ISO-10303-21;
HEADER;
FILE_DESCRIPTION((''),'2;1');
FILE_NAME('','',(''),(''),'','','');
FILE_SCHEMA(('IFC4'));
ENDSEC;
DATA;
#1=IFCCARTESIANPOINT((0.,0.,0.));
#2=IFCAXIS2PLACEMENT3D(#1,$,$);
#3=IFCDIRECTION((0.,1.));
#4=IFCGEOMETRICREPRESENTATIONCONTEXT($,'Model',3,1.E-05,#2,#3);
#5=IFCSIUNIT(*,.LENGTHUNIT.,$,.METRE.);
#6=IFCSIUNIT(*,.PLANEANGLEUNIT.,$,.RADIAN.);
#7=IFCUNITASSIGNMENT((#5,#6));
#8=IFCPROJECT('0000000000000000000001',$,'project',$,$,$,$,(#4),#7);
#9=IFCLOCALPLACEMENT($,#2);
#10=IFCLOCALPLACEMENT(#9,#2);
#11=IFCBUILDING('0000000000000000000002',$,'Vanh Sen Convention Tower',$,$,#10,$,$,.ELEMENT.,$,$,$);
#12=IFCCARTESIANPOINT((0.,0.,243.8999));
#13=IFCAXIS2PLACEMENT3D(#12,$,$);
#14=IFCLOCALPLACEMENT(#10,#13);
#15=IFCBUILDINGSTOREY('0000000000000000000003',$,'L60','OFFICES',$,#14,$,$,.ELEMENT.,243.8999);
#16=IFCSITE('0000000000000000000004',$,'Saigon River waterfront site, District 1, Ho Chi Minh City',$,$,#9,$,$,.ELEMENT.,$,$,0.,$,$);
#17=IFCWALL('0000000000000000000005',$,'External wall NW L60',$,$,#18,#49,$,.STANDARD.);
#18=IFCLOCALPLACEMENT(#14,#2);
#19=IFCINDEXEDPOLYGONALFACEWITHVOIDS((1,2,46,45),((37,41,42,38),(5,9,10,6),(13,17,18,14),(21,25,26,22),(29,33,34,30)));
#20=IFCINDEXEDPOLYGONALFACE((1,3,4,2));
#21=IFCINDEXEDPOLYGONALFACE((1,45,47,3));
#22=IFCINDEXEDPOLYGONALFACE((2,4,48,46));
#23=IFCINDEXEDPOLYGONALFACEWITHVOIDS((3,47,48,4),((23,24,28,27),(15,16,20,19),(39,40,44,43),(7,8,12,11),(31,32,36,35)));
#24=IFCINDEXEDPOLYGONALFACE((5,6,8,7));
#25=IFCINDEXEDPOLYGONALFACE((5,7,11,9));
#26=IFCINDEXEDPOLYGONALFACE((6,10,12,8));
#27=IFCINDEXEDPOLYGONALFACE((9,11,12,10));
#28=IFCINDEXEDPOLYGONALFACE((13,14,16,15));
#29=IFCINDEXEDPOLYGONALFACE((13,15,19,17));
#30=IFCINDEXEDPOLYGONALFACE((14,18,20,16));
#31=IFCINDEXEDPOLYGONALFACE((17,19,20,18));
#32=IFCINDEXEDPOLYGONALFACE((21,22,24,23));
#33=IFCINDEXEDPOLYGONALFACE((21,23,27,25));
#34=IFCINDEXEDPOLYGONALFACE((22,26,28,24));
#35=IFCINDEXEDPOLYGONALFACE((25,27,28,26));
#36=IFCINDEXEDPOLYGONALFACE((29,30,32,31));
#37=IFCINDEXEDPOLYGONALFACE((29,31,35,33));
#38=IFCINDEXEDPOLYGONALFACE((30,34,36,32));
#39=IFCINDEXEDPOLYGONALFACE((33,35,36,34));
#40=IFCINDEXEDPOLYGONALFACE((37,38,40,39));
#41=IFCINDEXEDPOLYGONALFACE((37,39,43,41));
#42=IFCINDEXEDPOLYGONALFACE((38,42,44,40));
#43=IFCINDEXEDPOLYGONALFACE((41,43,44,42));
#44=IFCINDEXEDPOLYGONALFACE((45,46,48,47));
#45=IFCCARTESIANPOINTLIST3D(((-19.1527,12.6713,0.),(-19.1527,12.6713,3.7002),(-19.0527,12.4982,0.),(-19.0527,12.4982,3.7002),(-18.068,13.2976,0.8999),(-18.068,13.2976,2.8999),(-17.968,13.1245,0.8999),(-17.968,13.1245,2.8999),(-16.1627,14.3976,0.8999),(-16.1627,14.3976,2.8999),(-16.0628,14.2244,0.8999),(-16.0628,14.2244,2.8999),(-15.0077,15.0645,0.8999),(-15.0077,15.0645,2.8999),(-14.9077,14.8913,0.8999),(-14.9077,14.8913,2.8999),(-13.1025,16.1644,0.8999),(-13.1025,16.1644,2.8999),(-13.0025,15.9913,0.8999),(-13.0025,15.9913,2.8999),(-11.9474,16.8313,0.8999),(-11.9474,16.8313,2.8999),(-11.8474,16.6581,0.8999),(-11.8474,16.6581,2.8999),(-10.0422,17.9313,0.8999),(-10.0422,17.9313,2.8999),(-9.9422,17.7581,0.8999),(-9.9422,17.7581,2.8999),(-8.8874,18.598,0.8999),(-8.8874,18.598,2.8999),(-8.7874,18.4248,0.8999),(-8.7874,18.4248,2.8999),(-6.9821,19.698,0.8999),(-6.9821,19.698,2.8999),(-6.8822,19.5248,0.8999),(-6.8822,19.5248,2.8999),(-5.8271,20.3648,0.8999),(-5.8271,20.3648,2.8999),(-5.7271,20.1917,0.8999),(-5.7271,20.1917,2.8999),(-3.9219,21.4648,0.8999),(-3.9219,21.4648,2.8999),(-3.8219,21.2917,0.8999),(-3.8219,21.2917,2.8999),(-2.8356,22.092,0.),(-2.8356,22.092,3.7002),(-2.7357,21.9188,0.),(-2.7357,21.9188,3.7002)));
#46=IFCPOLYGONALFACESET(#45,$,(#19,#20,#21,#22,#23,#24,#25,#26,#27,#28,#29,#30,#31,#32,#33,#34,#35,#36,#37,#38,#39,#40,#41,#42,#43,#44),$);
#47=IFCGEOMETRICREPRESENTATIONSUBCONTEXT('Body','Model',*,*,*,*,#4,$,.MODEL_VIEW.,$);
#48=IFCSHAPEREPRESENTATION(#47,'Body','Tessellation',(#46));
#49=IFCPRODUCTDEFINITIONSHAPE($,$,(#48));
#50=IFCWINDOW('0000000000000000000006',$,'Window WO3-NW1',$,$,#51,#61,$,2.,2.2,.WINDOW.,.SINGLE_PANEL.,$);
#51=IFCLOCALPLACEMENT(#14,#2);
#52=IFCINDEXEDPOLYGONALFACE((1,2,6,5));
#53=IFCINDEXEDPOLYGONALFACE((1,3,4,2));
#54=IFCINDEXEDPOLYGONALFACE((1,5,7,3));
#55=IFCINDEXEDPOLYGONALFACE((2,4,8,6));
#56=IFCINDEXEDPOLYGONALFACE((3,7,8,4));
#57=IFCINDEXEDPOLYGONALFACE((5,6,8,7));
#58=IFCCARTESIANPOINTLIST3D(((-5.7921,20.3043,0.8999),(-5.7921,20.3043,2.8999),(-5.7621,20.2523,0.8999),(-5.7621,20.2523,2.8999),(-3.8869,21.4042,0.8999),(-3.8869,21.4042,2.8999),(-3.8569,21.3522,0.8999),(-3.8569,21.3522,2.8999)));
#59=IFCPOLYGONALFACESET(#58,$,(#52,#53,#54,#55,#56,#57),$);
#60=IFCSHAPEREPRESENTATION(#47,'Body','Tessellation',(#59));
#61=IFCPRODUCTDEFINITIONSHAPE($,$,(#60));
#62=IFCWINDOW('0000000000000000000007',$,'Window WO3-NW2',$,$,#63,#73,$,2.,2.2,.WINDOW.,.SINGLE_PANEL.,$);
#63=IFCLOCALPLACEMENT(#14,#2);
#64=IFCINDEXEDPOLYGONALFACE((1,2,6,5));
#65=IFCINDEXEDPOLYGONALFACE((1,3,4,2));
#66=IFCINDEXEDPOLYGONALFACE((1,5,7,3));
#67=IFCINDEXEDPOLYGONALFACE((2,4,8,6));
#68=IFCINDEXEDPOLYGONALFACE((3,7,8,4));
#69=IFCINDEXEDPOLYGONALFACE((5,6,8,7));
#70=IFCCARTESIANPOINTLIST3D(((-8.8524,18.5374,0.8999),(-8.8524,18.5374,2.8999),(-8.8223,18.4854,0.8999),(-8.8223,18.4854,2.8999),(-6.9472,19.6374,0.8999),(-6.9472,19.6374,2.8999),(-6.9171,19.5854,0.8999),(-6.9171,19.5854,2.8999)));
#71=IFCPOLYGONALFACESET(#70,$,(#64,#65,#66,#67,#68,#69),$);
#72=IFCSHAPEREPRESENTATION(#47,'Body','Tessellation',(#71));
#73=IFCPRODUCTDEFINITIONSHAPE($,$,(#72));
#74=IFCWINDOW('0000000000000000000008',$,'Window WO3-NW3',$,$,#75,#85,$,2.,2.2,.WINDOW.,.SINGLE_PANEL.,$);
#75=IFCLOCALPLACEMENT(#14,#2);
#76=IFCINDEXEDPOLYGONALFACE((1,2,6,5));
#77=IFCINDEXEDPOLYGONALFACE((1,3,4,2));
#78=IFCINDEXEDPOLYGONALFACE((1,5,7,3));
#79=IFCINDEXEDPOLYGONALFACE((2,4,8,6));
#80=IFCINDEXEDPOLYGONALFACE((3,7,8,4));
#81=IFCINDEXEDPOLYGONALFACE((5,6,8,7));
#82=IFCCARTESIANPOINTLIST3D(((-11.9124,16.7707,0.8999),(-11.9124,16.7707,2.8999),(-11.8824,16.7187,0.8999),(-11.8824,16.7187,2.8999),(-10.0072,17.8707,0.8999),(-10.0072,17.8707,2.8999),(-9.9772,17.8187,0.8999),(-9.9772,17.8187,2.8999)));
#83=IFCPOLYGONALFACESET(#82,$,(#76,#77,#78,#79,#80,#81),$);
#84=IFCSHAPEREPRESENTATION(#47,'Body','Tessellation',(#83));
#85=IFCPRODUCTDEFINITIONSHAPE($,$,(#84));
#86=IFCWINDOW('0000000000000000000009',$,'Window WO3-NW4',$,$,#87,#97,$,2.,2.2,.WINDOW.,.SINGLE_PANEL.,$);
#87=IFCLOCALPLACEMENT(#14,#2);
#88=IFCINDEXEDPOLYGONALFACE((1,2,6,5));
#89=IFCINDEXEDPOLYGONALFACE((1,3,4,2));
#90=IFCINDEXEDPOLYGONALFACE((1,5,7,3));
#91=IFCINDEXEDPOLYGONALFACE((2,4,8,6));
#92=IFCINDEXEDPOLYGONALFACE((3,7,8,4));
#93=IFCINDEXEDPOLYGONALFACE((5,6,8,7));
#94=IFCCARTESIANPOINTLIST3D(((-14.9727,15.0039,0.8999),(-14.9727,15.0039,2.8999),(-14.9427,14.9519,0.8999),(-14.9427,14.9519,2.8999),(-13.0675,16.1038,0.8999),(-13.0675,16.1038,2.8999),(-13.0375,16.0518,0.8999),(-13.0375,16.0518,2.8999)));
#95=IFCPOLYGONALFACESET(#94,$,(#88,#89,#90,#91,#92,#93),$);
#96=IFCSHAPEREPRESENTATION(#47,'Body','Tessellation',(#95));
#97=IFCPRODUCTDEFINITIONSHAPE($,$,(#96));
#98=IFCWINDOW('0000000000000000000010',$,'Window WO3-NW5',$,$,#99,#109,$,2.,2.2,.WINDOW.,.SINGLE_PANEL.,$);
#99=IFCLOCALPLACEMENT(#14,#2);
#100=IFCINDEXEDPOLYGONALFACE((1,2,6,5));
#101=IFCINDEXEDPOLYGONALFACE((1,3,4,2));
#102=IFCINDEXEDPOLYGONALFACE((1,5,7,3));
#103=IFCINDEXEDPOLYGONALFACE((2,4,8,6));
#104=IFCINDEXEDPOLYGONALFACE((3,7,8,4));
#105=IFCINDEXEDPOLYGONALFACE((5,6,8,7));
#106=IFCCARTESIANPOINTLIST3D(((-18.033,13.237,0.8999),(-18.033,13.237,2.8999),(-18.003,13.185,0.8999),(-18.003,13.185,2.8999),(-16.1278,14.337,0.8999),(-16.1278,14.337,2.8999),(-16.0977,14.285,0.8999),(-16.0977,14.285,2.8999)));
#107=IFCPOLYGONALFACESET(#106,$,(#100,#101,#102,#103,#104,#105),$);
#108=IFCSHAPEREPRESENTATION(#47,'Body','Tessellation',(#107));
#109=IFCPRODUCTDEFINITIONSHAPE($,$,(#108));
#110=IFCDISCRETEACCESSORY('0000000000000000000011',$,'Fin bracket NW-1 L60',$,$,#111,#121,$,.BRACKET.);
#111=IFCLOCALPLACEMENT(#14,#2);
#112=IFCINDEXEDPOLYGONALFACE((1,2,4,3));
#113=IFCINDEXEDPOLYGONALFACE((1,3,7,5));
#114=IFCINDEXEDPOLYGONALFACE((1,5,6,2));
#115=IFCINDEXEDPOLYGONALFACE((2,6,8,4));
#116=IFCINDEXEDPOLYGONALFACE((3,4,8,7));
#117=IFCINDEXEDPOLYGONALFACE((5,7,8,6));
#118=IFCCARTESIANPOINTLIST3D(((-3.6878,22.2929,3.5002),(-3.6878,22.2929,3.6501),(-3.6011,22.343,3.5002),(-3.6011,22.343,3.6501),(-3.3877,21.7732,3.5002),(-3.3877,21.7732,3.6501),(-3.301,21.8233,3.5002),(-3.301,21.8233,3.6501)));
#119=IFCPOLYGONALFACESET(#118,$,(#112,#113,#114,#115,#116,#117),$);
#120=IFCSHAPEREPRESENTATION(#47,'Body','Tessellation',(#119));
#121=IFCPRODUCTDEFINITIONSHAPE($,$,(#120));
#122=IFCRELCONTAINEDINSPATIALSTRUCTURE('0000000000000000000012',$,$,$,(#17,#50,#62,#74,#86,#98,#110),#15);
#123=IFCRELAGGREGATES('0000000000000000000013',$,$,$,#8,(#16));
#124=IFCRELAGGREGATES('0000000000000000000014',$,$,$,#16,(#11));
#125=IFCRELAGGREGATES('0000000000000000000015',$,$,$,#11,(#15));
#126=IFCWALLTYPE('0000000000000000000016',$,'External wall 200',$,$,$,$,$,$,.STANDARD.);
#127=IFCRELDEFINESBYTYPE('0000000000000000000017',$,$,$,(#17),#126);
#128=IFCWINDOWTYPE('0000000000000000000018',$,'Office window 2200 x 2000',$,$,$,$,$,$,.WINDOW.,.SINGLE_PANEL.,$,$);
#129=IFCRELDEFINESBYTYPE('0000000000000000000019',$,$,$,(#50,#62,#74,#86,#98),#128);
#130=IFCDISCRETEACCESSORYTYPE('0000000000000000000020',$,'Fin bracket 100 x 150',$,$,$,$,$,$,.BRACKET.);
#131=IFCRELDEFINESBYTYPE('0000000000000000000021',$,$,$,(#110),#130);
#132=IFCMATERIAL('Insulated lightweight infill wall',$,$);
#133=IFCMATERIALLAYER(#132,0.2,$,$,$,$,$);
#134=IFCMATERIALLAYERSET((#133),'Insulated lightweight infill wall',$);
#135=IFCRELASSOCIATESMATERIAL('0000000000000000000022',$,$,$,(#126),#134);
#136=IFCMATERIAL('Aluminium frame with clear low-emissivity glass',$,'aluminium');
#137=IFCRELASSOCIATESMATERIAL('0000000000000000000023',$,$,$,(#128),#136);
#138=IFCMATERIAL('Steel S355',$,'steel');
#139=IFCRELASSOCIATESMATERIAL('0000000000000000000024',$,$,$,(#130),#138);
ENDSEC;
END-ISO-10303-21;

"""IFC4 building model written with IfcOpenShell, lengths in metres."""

from ifc_helpers import new_model, si_unit, direction, frame, frame_2d, origin, origin_2d, place, context, subcontext, project, spatial, rectangle, extrude, material, layer, layer_set, type_object, element, fill, save


model = new_model("IFC4")

# Units and contexts
model_context = context("Model", 3, precision=1e-05, world=origin(), true_north=direction((0.0, 1.0)))
body_context = subcontext(model_context, "Body", "Model", "MODEL_VIEW")
ifc_project = project(units=[si_unit("LENGTHUNIT", "METRE"), si_unit("PLANEANGLEUNIT", "RADIAN")], contexts=[model_context])

# Site, building, storey
site_placement = place(None, origin())
site = spatial("IfcSite", under=ifc_project, at=site_placement, Name="Saigon River waterfront site, District 1, Ho Chi Minh City", CompositionType="ELEMENT", RefElevation=0.0)
building_placement = place(site_placement, origin())
building = spatial("IfcBuilding", under=site, at=building_placement, Name="Vanh Sen Convention Tower", CompositionType="ELEMENT")
storey_placement = place(building_placement, frame((0.0, 0.0, 243.8999)))
storey = spatial("IfcBuildingStorey", under=building, at=storey_placement, Name="L60", Description="OFFICES", CompositionType="ELEMENT", Elevation=243.8999)

# Wall, openings, windows
ifc_material_1 = material(Name="Insulated lightweight infill wall")
ifc_layer_1 = layer(ifc_material_1, 0.2)
ifc_layer_set_1 = layer_set([ifc_layer_1], Name="Insulated lightweight infill wall")
wall_type_1 = type_object("IfcWallType", Name="External wall 200", PredefinedType="STANDARD", material=ifc_layer_set_1)
wall_1_placement = place(storey_placement, frame((-2.7856, 22.0054, 0.0), z_axis=(0.0, 0.0, 1.0), x_axis=(-0.866027, -0.499998, 0.0)))
wall_1 = element("IfcWall", 1, at=wall_1_placement, inside=storey, type_object=wall_type_1, Name="External wall NW L60", PredefinedType="STANDARD", context=body_context, shape_type="SweptSolid", body=[
    extrude(rectangle(XDim=18.8413, YDim=0.2, at=frame_2d((9.4207, 0.0))), origin(), (0.0, 0.0, 1.0), 3.7002),
])
opening_1_placement = place(wall_1_placement, frame((1.2542, 0.0, 0.8999)))
opening_1 = element("IfcOpeningElement", 2, at=opening_1_placement, cuts=wall_1, PredefinedType="OPENING", context=body_context, shape_type="SweptSolid", body=[
    extrude(rectangle(XDim=2.2, YDim=2.0, at=frame_2d((1.1001, 1.0))), frame((0.0, 0.1099, 0.0), z_axis=(0.0, -1.0, 0.0), x_axis=(1.0, 0.0, 0.0)), (0.0, 0.0, 1.0), 0.22),
])
opening_2_placement = place(wall_1_placement, frame((4.7878, 0.0, 0.8999)))
opening_2 = element("IfcOpeningElement", 3, at=opening_2_placement, cuts=wall_1, PredefinedType="OPENING", context=body_context, shape_type="SweptSolid", body=[
    extrude(rectangle(XDim=2.2, YDim=2.0, at=frame_2d((1.1001, 1.0))), frame((0.0, 0.1099, 0.0), z_axis=(0.0, -1.0, 0.0), x_axis=(1.0, 0.0, 0.0)), (0.0, 0.0, 1.0), 0.22),
])
opening_3_placement = place(wall_1_placement, frame((8.3213, 0.0, 0.8999)))
opening_3 = element("IfcOpeningElement", 4, at=opening_3_placement, cuts=wall_1, PredefinedType="OPENING", context=body_context, shape_type="SweptSolid", body=[
    extrude(rectangle(XDim=2.2, YDim=2.0, at=frame_2d((1.1001, 1.0))), frame((0.0, 0.1099, 0.0), z_axis=(0.0, -1.0, 0.0), x_axis=(1.0, 0.0, 0.0)), (0.0, 0.0, 1.0), 0.22),
])
opening_4_placement = place(wall_1_placement, frame((11.855, 0.0, 0.8999)))
opening_4 = element("IfcOpeningElement", 5, at=opening_4_placement, cuts=wall_1, PredefinedType="OPENING", context=body_context, shape_type="SweptSolid", body=[
    extrude(rectangle(XDim=2.2, YDim=2.0, at=frame_2d((1.1001, 1.0))), frame((0.0, 0.1099, 0.0), z_axis=(0.0, -1.0, 0.0), x_axis=(1.0, 0.0, 0.0)), (0.0, 0.0, 1.0), 0.22),
])
opening_5_placement = place(wall_1_placement, frame((15.3887, 0.0, 0.8999)))
opening_5 = element("IfcOpeningElement", 6, at=opening_5_placement, cuts=wall_1, PredefinedType="OPENING", context=body_context, shape_type="SweptSolid", body=[
    extrude(rectangle(XDim=2.2, YDim=2.0, at=frame_2d((1.1001, 1.0))), frame((0.0, 0.1099, 0.0), z_axis=(0.0, -1.0, 0.0), x_axis=(1.0, 0.0, 0.0)), (0.0, 0.0, 1.0), 0.22),
])
ifc_material_2 = material(Name="Aluminium frame with clear low-emissivity glass", Category="aluminium")
window_type = type_object("IfcWindowType", Name="Office window 2200 x 2000", PartitioningType="SINGLE_PANEL", PredefinedType="WINDOW", material=ifc_material_2)
window_1_placement = place(opening_1_placement, origin())
window_1 = element("IfcWindow", 7, at=window_1_placement, inside=storey, type_object=window_type, Name="Window WO3-NW1", OverallHeight=2.0, OverallWidth=2.2, PartitioningType="SINGLE_PANEL", PredefinedType="WINDOW", context=body_context, shape_type="SweptSolid", body=[
    extrude(rectangle(XDim=2.2, YDim=2.0, at=frame_2d((1.1001, 1.0))), frame((0.0, 0.03, 0.0), z_axis=(0.0, -1.0, 0.0), x_axis=(1.0, 0.0, 0.0)), (0.0, 0.0, 1.0), 0.0601),
])
fill(opening_1, window_1)
window_2_placement = place(opening_2_placement, origin())
window_2 = element("IfcWindow", 8, at=window_2_placement, inside=storey, type_object=window_type, Name="Window WO3-NW2", OverallHeight=2.0, OverallWidth=2.2, PartitioningType="SINGLE_PANEL", PredefinedType="WINDOW", context=body_context, shape_type="SweptSolid", body=[
    extrude(rectangle(XDim=2.2, YDim=2.0, at=frame_2d((1.1001, 1.0))), frame((0.0, 0.03, 0.0), z_axis=(0.0, -1.0, 0.0), x_axis=(1.0, 0.0, 0.0)), (0.0, 0.0, 1.0), 0.0601),
])
fill(opening_2, window_2)
window_3_placement = place(opening_3_placement, origin())
window_3 = element("IfcWindow", 9, at=window_3_placement, inside=storey, type_object=window_type, Name="Window WO3-NW3", OverallHeight=2.0, OverallWidth=2.2, PartitioningType="SINGLE_PANEL", PredefinedType="WINDOW", context=body_context, shape_type="SweptSolid", body=[
    extrude(rectangle(XDim=2.2, YDim=2.0, at=frame_2d((1.1001, 1.0))), frame((0.0, 0.03, 0.0), z_axis=(0.0, -1.0, 0.0), x_axis=(1.0, 0.0, 0.0)), (0.0, 0.0, 1.0), 0.0601),
])
fill(opening_3, window_3)
window_4_placement = place(opening_4_placement, origin())
window_4 = element("IfcWindow", 10, at=window_4_placement, inside=storey, type_object=window_type, Name="Window WO3-NW4", OverallHeight=2.0, OverallWidth=2.2, PartitioningType="SINGLE_PANEL", PredefinedType="WINDOW", context=body_context, shape_type="SweptSolid", body=[
    extrude(rectangle(XDim=2.2, YDim=2.0, at=frame_2d((1.1001, 1.0))), frame((0.0, 0.03, 0.0), z_axis=(0.0, -1.0, 0.0), x_axis=(1.0, 0.0, 0.0)), (0.0, 0.0, 1.0), 0.0601),
])
fill(opening_4, window_4)
window_5_placement = place(opening_5_placement, origin())
window_5 = element("IfcWindow", 11, at=window_5_placement, inside=storey, type_object=window_type, Name="Window WO3-NW5", OverallHeight=2.0, OverallWidth=2.2, PartitioningType="SINGLE_PANEL", PredefinedType="WINDOW", context=body_context, shape_type="SweptSolid", body=[
    extrude(rectangle(XDim=2.2, YDim=2.0, at=frame_2d((1.1001, 1.0))), frame((0.0, 0.03, 0.0), z_axis=(0.0, -1.0, 0.0), x_axis=(1.0, 0.0, 0.0)), (0.0, 0.0, 1.0), 0.0601),
])
fill(opening_5, window_5)

# Discrete accessory
ifc_material_3 = material(Name="Steel S355", Category="steel")
discrete_accessory_type = type_object("IfcDiscreteAccessoryType", Name="Fin bracket 100 x 150", PredefinedType="BRACKET", material=ifc_material_3)
discrete_accessory_placement = place(storey_placement, frame((-3.4944, 22.0581, 3.5002), z_axis=(0.0, 0.0, 1.0), x_axis=(-0.5, 0.866025, 0.0)))
element("IfcDiscreteAccessory", 12, at=discrete_accessory_placement, inside=storey, type_object=discrete_accessory_type, Name="Fin bracket NW-1 L60", PredefinedType="BRACKET", context=body_context, shape_type="SweptSolid", body=[
    extrude(rectangle(XDim=0.6001, YDim=0.1001, at=origin_2d()), origin(), (0.0, 0.0, 1.0), 0.1499),
])

save(model, "model.ifc")
